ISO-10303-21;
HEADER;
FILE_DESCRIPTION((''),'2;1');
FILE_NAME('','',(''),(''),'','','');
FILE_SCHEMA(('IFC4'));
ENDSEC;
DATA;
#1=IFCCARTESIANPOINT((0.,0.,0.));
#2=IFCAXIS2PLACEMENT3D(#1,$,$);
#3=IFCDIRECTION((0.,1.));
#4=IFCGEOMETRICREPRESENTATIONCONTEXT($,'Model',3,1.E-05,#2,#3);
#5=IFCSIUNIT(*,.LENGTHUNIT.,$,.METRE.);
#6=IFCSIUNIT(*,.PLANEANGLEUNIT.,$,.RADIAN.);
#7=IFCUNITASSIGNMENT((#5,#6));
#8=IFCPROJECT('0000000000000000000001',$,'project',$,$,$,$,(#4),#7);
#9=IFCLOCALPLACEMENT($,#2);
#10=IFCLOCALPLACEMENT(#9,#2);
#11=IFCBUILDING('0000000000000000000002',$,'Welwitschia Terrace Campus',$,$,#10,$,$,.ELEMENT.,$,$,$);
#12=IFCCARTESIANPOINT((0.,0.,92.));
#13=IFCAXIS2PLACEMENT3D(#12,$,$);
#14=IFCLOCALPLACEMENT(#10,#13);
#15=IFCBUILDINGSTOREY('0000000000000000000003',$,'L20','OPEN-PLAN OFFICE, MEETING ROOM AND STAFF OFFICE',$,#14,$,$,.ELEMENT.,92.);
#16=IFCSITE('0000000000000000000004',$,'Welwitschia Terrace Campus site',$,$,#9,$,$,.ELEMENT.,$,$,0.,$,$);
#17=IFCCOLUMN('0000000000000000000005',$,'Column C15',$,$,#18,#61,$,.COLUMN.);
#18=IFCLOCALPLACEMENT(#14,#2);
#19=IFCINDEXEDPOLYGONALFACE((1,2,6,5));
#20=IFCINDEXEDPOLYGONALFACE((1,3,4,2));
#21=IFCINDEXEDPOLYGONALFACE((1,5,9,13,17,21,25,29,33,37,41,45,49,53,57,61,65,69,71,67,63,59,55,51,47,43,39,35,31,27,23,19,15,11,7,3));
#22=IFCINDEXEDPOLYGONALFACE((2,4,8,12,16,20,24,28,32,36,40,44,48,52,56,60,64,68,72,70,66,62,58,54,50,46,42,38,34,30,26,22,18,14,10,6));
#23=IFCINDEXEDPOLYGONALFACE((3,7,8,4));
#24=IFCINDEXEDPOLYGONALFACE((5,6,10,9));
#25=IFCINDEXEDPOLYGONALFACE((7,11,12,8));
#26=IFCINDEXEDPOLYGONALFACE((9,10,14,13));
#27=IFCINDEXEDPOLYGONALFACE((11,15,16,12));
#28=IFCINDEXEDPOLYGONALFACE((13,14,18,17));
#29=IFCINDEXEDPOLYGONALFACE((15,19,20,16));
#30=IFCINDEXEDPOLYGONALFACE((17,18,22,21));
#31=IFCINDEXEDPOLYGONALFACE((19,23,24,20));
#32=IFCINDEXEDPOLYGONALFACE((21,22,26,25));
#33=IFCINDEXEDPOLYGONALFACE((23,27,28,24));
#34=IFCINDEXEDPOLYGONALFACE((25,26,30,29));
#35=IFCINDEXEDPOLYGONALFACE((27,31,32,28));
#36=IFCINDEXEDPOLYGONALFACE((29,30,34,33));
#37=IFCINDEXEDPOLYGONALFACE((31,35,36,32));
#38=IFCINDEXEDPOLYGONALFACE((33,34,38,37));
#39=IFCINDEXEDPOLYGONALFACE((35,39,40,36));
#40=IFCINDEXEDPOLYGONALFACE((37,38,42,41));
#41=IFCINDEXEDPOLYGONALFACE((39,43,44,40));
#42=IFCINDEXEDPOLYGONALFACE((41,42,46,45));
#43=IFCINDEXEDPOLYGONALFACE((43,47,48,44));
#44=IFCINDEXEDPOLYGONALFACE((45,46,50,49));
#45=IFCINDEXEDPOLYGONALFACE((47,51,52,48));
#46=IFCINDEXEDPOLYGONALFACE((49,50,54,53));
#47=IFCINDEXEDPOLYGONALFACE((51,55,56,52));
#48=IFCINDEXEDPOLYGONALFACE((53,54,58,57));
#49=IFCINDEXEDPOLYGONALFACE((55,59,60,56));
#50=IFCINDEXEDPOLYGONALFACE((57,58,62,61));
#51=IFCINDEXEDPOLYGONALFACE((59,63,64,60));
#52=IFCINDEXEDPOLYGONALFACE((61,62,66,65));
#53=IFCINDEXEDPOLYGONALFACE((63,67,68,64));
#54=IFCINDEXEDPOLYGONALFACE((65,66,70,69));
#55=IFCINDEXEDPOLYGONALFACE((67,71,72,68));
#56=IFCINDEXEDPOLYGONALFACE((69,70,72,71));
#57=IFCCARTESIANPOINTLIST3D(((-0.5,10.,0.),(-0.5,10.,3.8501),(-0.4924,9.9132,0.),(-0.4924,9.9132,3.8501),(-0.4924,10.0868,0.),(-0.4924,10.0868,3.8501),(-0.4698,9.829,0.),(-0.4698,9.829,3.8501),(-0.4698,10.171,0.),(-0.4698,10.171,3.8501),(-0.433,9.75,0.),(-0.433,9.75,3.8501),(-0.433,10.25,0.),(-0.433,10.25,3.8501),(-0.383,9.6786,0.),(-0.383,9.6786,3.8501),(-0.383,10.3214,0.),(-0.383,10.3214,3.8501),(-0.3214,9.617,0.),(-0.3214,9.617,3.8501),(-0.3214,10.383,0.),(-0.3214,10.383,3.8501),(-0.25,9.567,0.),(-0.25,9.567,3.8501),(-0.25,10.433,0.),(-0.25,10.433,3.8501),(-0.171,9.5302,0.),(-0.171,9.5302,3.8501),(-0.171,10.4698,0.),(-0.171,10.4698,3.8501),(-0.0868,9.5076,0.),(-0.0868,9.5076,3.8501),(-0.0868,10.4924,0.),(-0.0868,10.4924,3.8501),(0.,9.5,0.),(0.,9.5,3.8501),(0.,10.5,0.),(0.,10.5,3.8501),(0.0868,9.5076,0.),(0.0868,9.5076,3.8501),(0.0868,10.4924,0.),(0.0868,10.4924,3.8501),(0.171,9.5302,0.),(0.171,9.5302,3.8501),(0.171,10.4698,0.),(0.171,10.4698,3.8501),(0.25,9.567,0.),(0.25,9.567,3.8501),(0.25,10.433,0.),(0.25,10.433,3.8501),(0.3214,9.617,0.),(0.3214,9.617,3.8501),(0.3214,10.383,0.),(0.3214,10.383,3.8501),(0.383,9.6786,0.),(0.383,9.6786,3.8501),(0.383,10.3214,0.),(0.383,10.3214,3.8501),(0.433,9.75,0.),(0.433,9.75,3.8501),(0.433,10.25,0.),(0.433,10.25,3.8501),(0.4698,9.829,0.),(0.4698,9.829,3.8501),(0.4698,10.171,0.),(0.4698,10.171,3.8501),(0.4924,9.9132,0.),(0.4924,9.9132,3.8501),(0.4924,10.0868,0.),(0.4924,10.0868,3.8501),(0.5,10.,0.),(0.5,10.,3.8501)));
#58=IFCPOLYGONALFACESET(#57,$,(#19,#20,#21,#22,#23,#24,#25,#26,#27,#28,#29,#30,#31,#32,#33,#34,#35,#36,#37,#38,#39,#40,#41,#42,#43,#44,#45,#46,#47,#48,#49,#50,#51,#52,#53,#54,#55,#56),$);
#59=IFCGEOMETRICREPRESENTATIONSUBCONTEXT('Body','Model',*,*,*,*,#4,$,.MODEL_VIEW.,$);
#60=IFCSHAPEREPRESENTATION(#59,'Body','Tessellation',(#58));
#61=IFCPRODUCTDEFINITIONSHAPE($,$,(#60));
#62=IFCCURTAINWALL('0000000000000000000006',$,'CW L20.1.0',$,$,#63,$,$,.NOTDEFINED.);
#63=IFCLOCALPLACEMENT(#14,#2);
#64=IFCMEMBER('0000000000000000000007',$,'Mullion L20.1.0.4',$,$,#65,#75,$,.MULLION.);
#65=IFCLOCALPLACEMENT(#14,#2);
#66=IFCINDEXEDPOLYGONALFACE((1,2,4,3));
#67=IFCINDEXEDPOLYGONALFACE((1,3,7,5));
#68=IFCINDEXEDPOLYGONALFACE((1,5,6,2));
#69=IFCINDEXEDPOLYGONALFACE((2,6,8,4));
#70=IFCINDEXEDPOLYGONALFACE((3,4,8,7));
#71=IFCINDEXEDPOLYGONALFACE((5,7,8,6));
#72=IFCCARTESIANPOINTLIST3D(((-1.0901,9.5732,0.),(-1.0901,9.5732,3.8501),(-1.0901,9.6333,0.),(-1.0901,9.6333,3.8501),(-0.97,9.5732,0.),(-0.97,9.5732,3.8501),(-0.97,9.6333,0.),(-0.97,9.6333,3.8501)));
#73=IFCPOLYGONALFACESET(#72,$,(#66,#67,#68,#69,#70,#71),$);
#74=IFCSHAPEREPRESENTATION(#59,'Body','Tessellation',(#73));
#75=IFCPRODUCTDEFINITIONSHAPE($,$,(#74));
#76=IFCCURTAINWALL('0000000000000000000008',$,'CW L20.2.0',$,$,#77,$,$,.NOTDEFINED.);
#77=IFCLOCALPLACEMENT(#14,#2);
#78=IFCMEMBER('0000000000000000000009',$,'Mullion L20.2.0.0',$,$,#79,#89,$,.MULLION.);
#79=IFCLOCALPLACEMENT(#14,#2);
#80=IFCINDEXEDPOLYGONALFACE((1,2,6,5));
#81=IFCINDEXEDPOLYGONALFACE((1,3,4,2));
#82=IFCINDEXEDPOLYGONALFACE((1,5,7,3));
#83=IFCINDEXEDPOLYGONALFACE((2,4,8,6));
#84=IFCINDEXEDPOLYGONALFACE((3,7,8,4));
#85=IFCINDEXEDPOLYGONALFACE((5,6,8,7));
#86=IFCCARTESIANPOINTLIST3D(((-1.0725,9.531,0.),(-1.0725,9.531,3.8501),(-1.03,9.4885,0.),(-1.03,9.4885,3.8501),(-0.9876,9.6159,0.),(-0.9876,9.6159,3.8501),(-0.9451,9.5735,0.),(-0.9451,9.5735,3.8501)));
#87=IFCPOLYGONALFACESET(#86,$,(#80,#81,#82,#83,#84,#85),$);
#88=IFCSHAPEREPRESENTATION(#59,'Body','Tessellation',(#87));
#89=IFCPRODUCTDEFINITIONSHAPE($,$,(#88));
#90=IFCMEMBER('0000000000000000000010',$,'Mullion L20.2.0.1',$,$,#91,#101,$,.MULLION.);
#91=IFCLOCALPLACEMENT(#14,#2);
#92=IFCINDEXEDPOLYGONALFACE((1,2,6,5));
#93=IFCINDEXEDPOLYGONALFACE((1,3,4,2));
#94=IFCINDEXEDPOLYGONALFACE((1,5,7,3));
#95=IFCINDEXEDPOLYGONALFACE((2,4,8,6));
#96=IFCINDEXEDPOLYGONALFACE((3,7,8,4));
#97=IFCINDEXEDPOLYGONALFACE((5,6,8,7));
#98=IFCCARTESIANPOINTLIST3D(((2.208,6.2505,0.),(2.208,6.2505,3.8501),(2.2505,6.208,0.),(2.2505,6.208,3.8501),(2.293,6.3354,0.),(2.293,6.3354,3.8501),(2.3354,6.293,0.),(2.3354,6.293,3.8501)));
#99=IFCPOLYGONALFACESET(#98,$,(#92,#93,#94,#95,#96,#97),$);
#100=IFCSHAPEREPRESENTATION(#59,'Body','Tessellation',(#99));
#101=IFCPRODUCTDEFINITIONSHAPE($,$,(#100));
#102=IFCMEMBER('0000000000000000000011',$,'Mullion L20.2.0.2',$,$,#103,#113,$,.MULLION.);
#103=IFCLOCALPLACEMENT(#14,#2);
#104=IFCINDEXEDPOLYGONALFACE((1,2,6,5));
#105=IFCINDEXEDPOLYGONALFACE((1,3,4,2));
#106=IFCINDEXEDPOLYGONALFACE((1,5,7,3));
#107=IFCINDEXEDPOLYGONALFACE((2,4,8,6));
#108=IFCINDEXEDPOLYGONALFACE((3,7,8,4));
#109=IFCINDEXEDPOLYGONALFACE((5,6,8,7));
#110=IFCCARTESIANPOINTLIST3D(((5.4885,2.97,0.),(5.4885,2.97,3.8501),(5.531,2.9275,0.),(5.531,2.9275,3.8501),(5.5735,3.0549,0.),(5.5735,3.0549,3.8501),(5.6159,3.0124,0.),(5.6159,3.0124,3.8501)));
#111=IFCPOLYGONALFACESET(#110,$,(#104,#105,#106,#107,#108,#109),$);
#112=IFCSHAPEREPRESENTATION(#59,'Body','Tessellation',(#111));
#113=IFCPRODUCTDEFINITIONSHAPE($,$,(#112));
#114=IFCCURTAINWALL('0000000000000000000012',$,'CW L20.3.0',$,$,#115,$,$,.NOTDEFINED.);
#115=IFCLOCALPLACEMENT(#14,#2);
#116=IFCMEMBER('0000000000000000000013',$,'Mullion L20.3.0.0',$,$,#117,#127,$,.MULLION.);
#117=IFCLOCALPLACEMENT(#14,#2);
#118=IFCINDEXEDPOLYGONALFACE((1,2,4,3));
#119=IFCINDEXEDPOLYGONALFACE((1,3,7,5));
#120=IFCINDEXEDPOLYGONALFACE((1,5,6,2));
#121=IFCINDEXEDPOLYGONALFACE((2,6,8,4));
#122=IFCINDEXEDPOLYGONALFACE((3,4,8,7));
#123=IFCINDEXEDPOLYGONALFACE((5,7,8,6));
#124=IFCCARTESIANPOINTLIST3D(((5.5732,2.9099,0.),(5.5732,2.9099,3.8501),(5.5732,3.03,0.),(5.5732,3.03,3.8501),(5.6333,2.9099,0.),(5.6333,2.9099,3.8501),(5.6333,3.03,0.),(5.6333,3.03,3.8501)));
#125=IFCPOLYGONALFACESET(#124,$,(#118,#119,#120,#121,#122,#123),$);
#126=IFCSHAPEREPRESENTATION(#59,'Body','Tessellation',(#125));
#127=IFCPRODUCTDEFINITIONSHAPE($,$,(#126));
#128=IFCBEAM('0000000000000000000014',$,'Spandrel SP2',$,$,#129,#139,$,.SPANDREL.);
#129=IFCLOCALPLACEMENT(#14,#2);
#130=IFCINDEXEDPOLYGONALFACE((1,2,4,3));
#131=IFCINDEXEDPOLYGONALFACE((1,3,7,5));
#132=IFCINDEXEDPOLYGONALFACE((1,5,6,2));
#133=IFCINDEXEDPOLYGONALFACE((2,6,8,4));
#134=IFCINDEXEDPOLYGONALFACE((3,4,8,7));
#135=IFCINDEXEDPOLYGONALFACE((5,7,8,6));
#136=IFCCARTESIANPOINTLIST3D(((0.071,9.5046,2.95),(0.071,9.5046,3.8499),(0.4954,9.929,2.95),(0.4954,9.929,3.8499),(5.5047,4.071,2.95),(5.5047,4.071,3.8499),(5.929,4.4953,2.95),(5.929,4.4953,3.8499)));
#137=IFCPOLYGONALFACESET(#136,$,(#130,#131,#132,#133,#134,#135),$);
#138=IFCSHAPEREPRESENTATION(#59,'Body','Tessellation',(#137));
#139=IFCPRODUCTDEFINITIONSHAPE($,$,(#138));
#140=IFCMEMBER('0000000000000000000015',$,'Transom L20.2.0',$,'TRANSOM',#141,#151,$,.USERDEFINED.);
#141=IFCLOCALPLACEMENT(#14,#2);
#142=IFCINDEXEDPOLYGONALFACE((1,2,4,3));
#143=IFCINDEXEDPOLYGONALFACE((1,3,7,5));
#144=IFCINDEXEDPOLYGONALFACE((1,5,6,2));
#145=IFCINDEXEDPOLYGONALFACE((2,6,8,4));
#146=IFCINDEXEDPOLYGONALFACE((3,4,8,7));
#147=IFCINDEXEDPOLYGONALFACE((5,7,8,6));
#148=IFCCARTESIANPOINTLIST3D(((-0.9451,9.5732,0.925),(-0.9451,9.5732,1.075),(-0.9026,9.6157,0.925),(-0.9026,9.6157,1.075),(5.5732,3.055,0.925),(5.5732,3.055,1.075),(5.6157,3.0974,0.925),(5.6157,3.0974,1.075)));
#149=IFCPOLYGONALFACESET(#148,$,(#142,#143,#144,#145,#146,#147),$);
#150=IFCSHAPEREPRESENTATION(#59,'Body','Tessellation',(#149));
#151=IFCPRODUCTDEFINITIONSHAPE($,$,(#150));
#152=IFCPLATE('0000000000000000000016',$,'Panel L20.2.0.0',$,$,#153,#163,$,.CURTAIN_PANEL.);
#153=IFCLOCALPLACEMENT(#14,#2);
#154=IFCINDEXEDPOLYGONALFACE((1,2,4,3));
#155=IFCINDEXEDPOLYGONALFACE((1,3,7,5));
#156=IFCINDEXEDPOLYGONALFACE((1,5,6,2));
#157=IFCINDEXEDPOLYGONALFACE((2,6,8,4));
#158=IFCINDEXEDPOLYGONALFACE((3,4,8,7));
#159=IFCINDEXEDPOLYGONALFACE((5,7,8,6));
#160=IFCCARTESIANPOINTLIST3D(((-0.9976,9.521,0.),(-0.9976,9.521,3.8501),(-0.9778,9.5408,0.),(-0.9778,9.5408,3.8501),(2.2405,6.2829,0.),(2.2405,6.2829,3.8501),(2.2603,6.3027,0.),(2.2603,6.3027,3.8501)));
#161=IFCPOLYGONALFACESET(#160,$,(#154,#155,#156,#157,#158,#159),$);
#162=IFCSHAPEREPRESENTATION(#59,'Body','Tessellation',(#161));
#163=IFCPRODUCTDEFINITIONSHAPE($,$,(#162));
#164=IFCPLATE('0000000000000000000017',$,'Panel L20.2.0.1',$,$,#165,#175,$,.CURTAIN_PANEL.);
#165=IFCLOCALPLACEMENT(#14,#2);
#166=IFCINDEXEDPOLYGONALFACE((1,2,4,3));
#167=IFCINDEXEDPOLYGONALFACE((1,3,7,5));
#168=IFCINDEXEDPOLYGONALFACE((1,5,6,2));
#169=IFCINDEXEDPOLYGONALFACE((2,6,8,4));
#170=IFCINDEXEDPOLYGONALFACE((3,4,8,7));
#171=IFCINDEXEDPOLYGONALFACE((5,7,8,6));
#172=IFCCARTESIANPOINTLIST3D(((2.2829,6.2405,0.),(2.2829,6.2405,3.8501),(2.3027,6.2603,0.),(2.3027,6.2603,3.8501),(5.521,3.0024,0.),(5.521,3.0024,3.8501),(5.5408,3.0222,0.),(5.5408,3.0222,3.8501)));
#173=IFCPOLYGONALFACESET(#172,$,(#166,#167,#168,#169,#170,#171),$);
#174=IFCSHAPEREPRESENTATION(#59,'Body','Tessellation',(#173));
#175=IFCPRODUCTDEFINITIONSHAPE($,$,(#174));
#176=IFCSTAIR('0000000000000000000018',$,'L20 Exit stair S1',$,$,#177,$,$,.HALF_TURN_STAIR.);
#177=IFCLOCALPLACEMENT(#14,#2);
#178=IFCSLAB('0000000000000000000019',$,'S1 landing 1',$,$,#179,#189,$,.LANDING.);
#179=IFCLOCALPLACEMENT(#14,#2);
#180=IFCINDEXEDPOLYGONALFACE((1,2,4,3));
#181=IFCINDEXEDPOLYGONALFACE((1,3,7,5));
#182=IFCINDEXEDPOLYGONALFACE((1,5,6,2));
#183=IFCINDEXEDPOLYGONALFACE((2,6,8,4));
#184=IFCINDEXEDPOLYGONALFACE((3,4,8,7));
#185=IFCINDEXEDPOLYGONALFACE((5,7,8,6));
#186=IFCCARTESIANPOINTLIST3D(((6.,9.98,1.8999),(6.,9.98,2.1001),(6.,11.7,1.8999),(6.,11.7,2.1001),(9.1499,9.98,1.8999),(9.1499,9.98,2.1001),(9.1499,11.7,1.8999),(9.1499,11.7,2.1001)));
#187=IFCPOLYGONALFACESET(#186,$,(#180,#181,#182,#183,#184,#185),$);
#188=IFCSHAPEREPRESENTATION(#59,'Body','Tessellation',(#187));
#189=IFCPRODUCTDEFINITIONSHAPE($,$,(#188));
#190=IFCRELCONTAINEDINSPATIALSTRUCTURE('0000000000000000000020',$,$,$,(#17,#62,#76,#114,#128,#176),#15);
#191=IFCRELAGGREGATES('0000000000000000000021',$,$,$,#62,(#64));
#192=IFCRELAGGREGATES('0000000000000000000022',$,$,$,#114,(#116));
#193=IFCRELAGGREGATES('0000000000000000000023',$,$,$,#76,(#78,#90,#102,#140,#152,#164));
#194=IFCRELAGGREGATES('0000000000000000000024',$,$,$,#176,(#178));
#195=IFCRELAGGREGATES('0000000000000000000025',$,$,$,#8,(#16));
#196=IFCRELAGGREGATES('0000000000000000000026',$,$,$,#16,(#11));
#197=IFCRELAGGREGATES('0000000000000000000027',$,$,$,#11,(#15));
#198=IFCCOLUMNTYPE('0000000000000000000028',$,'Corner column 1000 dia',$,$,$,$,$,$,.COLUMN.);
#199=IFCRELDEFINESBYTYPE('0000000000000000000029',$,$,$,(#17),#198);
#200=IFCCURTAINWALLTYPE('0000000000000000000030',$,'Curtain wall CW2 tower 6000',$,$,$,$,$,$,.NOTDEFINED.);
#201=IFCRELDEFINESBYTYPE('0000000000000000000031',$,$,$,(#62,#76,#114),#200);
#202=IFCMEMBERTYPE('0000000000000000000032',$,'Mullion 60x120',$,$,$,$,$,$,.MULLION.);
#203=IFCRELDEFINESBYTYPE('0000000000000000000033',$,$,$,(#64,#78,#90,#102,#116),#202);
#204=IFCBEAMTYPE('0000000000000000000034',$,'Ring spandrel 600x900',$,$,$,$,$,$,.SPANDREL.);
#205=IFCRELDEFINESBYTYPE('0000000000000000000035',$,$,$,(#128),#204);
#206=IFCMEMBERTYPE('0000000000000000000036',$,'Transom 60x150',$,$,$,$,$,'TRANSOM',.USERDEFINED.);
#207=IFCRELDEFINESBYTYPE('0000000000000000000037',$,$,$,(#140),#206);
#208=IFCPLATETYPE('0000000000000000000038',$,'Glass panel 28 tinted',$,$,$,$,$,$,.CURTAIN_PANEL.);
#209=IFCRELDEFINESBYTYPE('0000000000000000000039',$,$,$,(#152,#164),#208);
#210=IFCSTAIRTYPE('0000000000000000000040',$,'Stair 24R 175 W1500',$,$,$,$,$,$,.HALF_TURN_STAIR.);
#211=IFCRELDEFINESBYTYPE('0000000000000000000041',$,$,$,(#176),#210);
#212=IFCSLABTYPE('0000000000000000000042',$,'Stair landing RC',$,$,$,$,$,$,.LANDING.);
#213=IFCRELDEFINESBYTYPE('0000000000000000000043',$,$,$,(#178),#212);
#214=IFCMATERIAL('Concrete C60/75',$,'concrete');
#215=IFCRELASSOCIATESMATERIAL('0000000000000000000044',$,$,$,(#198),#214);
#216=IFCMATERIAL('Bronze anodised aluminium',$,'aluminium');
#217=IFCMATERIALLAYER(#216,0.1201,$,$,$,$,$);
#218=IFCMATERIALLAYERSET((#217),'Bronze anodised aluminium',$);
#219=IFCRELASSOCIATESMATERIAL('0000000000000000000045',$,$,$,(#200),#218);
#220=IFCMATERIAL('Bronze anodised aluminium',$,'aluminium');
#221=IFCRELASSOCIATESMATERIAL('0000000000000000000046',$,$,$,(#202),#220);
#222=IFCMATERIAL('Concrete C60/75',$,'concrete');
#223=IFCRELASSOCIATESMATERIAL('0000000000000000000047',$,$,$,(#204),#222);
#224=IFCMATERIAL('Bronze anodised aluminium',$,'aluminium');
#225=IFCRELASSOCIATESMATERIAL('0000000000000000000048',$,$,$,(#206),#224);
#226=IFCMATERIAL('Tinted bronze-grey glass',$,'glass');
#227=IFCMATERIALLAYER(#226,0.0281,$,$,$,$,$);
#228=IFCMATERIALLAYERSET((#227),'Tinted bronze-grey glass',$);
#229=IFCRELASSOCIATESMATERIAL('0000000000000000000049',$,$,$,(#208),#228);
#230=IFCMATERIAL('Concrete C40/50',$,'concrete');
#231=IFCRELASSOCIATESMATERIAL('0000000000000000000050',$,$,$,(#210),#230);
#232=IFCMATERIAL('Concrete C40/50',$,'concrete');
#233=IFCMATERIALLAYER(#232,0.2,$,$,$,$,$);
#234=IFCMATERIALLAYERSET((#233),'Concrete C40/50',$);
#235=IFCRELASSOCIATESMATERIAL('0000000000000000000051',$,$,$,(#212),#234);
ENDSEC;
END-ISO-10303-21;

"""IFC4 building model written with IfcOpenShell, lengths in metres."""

from ifc_helpers import new_model, si_unit, direction, frame, origin, origin_2d, place, context, subcontext, project, spatial, polyline, rectangle, circle, outline, extrude, material, layer, layer_set, material_profile, profile_set, type_object, element, aggregate, save


model = new_model("IFC4")

# Units and contexts
model_context = context("Model", 3, precision=1e-05, world=origin(), true_north=direction((0.0, 1.0)))
body_context = subcontext(model_context, "Body", "Model", "MODEL_VIEW")
ifc_project = project(units=[si_unit("LENGTHUNIT", "METRE"), si_unit("PLANEANGLEUNIT", "RADIAN")], contexts=[model_context])

# Site, building, storey
site_placement = place(None, origin())
site = spatial("IfcSite", under=ifc_project, at=site_placement, Name="Welwitschia Terrace Campus site", CompositionType="ELEMENT", RefElevation=0.0)
building_placement = place(site_placement, origin())
building = spatial("IfcBuilding", under=site, at=building_placement, Name="Welwitschia Terrace Campus", CompositionType="ELEMENT")
storey_placement = place(building_placement, frame((0.0, 0.0, 92.0)))
storey = spatial("IfcBuildingStorey", under=building, at=storey_placement, Name="L20", Description="OPEN-PLAN OFFICE, MEETING ROOM AND STAFF OFFICE", CompositionType="ELEMENT", Elevation=92.0)

# Column
ifc_material_1 = material(Name="Concrete C60/75", Category="concrete")
ifc_material_profile_1 = material_profile(ifc_material_1, circle(Radius=0.5, at=origin_2d()))
ifc_profile_set_1 = profile_set([ifc_material_profile_1], Name="Concrete C60/75")
column_type = type_object("IfcColumnType", Name="Corner column 1000 dia", PredefinedType="COLUMN", material=ifc_profile_set_1)
column_placement = place(storey_placement, frame((0.0, 10.0, 0.0), z_axis=(0.0, 0.0, 1.0), x_axis=(1.0, 0.0, 0.0)))
element("IfcColumn", 1, at=column_placement, inside=storey, type_object=column_type, Name="Column C15", PredefinedType="COLUMN", context=body_context, shape_type="SweptSolid", body=[
    extrude(circle(Radius=0.5, at=origin_2d()), origin(), (0.0, 0.0, 1.0), 3.8501),
])

# Curtain wall, member
ifc_material_2 = material(Name="Bronze anodised aluminium", Category="aluminium")
ifc_layer_1 = layer(ifc_material_2, 0.1201)
ifc_layer_set_1 = layer_set([ifc_layer_1], Name="Bronze anodised aluminium")
curtain_wall_type = type_object("IfcCurtainWallType", Name="Curtain wall CW2 tower 6000", PredefinedType="NOTDEFINED", material=ifc_layer_set_1)
curtain_wall_1_placement = place(storey_placement, origin())
curtain_wall_1 = element("IfcCurtainWall", 2, at=curtain_wall_1_placement, inside=storey, type_object=curtain_wall_type, Name="CW L20.1.0", PredefinedType="NOTDEFINED")
ifc_material_3 = material(Name="Bronze anodised aluminium", Category="aluminium")
ifc_material_profile_2 = material_profile(ifc_material_3, rectangle(XDim=0.1201, YDim=0.0601, at=origin_2d()))
ifc_profile_set_2 = profile_set([ifc_material_profile_2], Name="Bronze anodised aluminium")
member_type_1 = type_object("IfcMemberType", Name="Mullion 60x120", PredefinedType="MULLION", material=ifc_profile_set_2)
member_1_placement = place(storey_placement, frame((-1.03, 9.6033, 0.0), z_axis=(0.0, 0.0, 1.0), x_axis=(1.0, 0.0, 0.0)))
member_1 = element("IfcMember", 3, at=member_1_placement, type_object=member_type_1, Name="Mullion L20.1.0.4", PredefinedType="MULLION", context=body_context, shape_type="SweptSolid", body=[
    extrude(rectangle(XDim=0.1201, YDim=0.0601, at=origin_2d()), origin(), (0.0, 0.0, 1.0), 3.8501),
])
aggregate(curtain_wall_1, [member_1])

# Curtain wall, members
curtain_wall_2_placement = place(storey_placement, origin())
curtain_wall_2 = element("IfcCurtainWall", 4, at=curtain_wall_2_placement, inside=storey, type_object=curtain_wall_type, Name="CW L20.2.0", PredefinedType="NOTDEFINED")
member_2_placement = place(storey_placement, frame((-1.0088, 9.5522, 0.0), z_axis=(0.0, 0.0, 1.0), x_axis=(0.707107, 0.707107, 0.0)))
member_2 = element("IfcMember", 5, at=member_2_placement, type_object=member_type_1, Name="Mullion L20.2.0.0", PredefinedType="MULLION", context=body_context, shape_type="SweptSolid", body=[
    extrude(rectangle(XDim=0.1201, YDim=0.0601, at=origin_2d()), origin(), (0.0, 0.0, 1.0), 3.8501),
])
member_3_placement = place(storey_placement, frame((2.2717, 6.2717, 0.0), z_axis=(0.0, 0.0, 1.0), x_axis=(0.707107, 0.707107, 0.0)))
member_3 = element("IfcMember", 6, at=member_3_placement, type_object=member_type_1, Name="Mullion L20.2.0.1", PredefinedType="MULLION", context=body_context, shape_type="SweptSolid", body=[
    extrude(rectangle(XDim=0.1201, YDim=0.0601, at=origin_2d()), origin(), (0.0, 0.0, 1.0), 3.8501),
])
member_4_placement = place(storey_placement, frame((5.5522, 2.9912, 0.0), z_axis=(0.0, 0.0, 1.0), x_axis=(0.707107, 0.707107, 0.0)))
member_4 = element("IfcMember", 7, at=member_4_placement, type_object=member_type_1, Name="Mullion L20.2.0.2", PredefinedType="MULLION", context=body_context, shape_type="SweptSolid", body=[
    extrude(rectangle(XDim=0.1201, YDim=0.0601, at=origin_2d()), origin(), (0.0, 0.0, 1.0), 3.8501),
])

# Curtain wall, member
curtain_wall_3_placement = place(storey_placement, origin())
curtain_wall_3 = element("IfcCurtainWall", 8, at=curtain_wall_3_placement, inside=storey, type_object=curtain_wall_type, Name="CW L20.3.0", PredefinedType="NOTDEFINED")
member_5_placement = place(storey_placement, frame((5.6033, 2.97, 0.0), z_axis=(0.0, 0.0, 1.0), x_axis=(0.0, 1.0, 0.0)))
member_5 = element("IfcMember", 9, at=member_5_placement, type_object=member_type_1, Name="Mullion L20.3.0.0", PredefinedType="MULLION", context=body_context, shape_type="SweptSolid", body=[
    extrude(rectangle(XDim=0.1201, YDim=0.0601, at=origin_2d()), origin(), (0.0, 0.0, 1.0), 3.8501),
])
aggregate(curtain_wall_3, [member_5])

# Beam
ifc_material_4 = material(Name="Concrete C60/75", Category="concrete")
ifc_material_profile_3 = material_profile(ifc_material_4, rectangle(XDim=0.6001, YDim=0.8999, at=origin_2d()))
ifc_profile_set_3 = profile_set([ifc_material_profile_3], Name="Concrete C60/75")
beam_type = type_object("IfcBeamType", Name="Ring spandrel 600x900", PredefinedType="SPANDREL", material=ifc_profile_set_3)
beam_placement = place(storey_placement, frame((0.2832, 9.7168, 3.3999), z_axis=(0.707107, -0.707107, 0.0), x_axis=(0.707107, 0.707107, 0.0)))
element("IfcBeam", 10, at=beam_placement, inside=storey, type_object=beam_type, Name="Spandrel SP2", PredefinedType="SPANDREL", context=body_context, shape_type="SweptSolid", body=[
    extrude(rectangle(XDim=0.6001, YDim=0.8999, at=origin_2d()), origin(), (0.0, 0.0, 1.0), 7.6843),
])

# Member
ifc_material_5 = material(Name="Bronze anodised aluminium", Category="aluminium")
ifc_material_profile_4 = material_profile(ifc_material_5, rectangle(XDim=0.0601, YDim=0.1499, at=origin_2d()))
ifc_profile_set_4 = profile_set([ifc_material_profile_4], Name="Bronze anodised aluminium")
member_type_2 = type_object("IfcMemberType", Name="Transom 60x150", ElementType="TRANSOM", PredefinedType="USERDEFINED", material=ifc_profile_set_4)
member_6_placement = place(storey_placement, frame((-0.9238, 9.5945, 1.0), z_axis=(0.707107, -0.707107, 0.0), x_axis=(0.707107, 0.707107, 0.0)))
member_6 = element("IfcMember", 11, at=member_6_placement, type_object=member_type_2, Name="Transom L20.2.0", ObjectType="TRANSOM", PredefinedType="USERDEFINED", context=body_context, shape_type="SweptSolid", body=[
    extrude(rectangle(XDim=0.0601, YDim=0.1499, at=origin_2d()), origin(), (0.0, 0.0, 1.0), 9.2183),
])

# Plates
ifc_material_6 = material(Name="Tinted bronze-grey glass", Category="glass")
ifc_layer_2 = layer(ifc_material_6, 0.0281)
ifc_layer_set_2 = layer_set([ifc_layer_2], Name="Tinted bronze-grey glass")
plate_type = type_object("IfcPlateType", Name="Glass panel 28 tinted", PredefinedType="CURTAIN_PANEL", material=ifc_layer_set_2)
plate_1_placement = place(storey_placement, frame((0.6313, 7.9119, 0.0), z_axis=(0.0, 0.0, 1.0), x_axis=(0.707107, -0.707107, 0.0)))
plate_1 = element("IfcPlate", 12, at=plate_1_placement, type_object=plate_type, Name="Panel L20.2.0.0", PredefinedType="CURTAIN_PANEL", context=body_context, shape_type="SweptSolid", body=[
    extrude(rectangle(XDim=4.5793, YDim=0.0281, at=origin_2d()), origin(), (0.0, 0.0, 1.0), 3.8501),
])
plate_2_placement = place(storey_placement, frame((3.9119, 4.6313, 0.0), z_axis=(0.0, 0.0, 1.0), x_axis=(0.707107, -0.707107, 0.0)))
plate_2 = element("IfcPlate", 13, at=plate_2_placement, type_object=plate_type, Name="Panel L20.2.0.1", PredefinedType="CURTAIN_PANEL", context=body_context, shape_type="SweptSolid", body=[
    extrude(rectangle(XDim=4.5793, YDim=0.0281, at=origin_2d()), origin(), (0.0, 0.0, 1.0), 3.8501),
])
aggregate(curtain_wall_2, [member_2, member_3, member_4, member_6, plate_1, plate_2])

# Stair, slab
ifc_material_7 = material(Name="Concrete C40/50", Category="concrete")
stair_type = type_object("IfcStairType", Name="Stair 24R 175 W1500", PredefinedType="HALF_TURN_STAIR", material=ifc_material_7)
stair_1_placement = place(storey_placement, origin())
stair_1 = element("IfcStair", 14, at=stair_1_placement, inside=storey, type_object=stair_type, Name="L20 Exit stair S1", PredefinedType="HALF_TURN_STAIR")
ifc_material_8 = material(Name="Concrete C40/50", Category="concrete")
ifc_layer_3 = layer(ifc_material_8, 0.2)
ifc_layer_set_3 = layer_set([ifc_layer_3], Name="Concrete C40/50")
slab_type_1 = type_object("IfcSlabType", Name="Stair landing RC", PredefinedType="LANDING", material=ifc_layer_set_3)
slab_1_placement = place(storey_placement, frame((0.0, 0.0, 1.8999)))
slab_1 = element("IfcSlab", 15, at=slab_1_placement, type_object=slab_type_1, Name="S1 landing 1", PredefinedType="LANDING", context=body_context, shape_type="SweptSolid", body=[
    extrude(outline(polyline([(9.1499, 9.98), (9.1499, 11.7), (6.0, 11.7), (6.0, 9.98), (9.1499, 9.98)])), origin(), (0.0, 0.0, 1.0), 0.2002),
])
aggregate(stair_1, [slab_1])

save(model, "model.ifc")
